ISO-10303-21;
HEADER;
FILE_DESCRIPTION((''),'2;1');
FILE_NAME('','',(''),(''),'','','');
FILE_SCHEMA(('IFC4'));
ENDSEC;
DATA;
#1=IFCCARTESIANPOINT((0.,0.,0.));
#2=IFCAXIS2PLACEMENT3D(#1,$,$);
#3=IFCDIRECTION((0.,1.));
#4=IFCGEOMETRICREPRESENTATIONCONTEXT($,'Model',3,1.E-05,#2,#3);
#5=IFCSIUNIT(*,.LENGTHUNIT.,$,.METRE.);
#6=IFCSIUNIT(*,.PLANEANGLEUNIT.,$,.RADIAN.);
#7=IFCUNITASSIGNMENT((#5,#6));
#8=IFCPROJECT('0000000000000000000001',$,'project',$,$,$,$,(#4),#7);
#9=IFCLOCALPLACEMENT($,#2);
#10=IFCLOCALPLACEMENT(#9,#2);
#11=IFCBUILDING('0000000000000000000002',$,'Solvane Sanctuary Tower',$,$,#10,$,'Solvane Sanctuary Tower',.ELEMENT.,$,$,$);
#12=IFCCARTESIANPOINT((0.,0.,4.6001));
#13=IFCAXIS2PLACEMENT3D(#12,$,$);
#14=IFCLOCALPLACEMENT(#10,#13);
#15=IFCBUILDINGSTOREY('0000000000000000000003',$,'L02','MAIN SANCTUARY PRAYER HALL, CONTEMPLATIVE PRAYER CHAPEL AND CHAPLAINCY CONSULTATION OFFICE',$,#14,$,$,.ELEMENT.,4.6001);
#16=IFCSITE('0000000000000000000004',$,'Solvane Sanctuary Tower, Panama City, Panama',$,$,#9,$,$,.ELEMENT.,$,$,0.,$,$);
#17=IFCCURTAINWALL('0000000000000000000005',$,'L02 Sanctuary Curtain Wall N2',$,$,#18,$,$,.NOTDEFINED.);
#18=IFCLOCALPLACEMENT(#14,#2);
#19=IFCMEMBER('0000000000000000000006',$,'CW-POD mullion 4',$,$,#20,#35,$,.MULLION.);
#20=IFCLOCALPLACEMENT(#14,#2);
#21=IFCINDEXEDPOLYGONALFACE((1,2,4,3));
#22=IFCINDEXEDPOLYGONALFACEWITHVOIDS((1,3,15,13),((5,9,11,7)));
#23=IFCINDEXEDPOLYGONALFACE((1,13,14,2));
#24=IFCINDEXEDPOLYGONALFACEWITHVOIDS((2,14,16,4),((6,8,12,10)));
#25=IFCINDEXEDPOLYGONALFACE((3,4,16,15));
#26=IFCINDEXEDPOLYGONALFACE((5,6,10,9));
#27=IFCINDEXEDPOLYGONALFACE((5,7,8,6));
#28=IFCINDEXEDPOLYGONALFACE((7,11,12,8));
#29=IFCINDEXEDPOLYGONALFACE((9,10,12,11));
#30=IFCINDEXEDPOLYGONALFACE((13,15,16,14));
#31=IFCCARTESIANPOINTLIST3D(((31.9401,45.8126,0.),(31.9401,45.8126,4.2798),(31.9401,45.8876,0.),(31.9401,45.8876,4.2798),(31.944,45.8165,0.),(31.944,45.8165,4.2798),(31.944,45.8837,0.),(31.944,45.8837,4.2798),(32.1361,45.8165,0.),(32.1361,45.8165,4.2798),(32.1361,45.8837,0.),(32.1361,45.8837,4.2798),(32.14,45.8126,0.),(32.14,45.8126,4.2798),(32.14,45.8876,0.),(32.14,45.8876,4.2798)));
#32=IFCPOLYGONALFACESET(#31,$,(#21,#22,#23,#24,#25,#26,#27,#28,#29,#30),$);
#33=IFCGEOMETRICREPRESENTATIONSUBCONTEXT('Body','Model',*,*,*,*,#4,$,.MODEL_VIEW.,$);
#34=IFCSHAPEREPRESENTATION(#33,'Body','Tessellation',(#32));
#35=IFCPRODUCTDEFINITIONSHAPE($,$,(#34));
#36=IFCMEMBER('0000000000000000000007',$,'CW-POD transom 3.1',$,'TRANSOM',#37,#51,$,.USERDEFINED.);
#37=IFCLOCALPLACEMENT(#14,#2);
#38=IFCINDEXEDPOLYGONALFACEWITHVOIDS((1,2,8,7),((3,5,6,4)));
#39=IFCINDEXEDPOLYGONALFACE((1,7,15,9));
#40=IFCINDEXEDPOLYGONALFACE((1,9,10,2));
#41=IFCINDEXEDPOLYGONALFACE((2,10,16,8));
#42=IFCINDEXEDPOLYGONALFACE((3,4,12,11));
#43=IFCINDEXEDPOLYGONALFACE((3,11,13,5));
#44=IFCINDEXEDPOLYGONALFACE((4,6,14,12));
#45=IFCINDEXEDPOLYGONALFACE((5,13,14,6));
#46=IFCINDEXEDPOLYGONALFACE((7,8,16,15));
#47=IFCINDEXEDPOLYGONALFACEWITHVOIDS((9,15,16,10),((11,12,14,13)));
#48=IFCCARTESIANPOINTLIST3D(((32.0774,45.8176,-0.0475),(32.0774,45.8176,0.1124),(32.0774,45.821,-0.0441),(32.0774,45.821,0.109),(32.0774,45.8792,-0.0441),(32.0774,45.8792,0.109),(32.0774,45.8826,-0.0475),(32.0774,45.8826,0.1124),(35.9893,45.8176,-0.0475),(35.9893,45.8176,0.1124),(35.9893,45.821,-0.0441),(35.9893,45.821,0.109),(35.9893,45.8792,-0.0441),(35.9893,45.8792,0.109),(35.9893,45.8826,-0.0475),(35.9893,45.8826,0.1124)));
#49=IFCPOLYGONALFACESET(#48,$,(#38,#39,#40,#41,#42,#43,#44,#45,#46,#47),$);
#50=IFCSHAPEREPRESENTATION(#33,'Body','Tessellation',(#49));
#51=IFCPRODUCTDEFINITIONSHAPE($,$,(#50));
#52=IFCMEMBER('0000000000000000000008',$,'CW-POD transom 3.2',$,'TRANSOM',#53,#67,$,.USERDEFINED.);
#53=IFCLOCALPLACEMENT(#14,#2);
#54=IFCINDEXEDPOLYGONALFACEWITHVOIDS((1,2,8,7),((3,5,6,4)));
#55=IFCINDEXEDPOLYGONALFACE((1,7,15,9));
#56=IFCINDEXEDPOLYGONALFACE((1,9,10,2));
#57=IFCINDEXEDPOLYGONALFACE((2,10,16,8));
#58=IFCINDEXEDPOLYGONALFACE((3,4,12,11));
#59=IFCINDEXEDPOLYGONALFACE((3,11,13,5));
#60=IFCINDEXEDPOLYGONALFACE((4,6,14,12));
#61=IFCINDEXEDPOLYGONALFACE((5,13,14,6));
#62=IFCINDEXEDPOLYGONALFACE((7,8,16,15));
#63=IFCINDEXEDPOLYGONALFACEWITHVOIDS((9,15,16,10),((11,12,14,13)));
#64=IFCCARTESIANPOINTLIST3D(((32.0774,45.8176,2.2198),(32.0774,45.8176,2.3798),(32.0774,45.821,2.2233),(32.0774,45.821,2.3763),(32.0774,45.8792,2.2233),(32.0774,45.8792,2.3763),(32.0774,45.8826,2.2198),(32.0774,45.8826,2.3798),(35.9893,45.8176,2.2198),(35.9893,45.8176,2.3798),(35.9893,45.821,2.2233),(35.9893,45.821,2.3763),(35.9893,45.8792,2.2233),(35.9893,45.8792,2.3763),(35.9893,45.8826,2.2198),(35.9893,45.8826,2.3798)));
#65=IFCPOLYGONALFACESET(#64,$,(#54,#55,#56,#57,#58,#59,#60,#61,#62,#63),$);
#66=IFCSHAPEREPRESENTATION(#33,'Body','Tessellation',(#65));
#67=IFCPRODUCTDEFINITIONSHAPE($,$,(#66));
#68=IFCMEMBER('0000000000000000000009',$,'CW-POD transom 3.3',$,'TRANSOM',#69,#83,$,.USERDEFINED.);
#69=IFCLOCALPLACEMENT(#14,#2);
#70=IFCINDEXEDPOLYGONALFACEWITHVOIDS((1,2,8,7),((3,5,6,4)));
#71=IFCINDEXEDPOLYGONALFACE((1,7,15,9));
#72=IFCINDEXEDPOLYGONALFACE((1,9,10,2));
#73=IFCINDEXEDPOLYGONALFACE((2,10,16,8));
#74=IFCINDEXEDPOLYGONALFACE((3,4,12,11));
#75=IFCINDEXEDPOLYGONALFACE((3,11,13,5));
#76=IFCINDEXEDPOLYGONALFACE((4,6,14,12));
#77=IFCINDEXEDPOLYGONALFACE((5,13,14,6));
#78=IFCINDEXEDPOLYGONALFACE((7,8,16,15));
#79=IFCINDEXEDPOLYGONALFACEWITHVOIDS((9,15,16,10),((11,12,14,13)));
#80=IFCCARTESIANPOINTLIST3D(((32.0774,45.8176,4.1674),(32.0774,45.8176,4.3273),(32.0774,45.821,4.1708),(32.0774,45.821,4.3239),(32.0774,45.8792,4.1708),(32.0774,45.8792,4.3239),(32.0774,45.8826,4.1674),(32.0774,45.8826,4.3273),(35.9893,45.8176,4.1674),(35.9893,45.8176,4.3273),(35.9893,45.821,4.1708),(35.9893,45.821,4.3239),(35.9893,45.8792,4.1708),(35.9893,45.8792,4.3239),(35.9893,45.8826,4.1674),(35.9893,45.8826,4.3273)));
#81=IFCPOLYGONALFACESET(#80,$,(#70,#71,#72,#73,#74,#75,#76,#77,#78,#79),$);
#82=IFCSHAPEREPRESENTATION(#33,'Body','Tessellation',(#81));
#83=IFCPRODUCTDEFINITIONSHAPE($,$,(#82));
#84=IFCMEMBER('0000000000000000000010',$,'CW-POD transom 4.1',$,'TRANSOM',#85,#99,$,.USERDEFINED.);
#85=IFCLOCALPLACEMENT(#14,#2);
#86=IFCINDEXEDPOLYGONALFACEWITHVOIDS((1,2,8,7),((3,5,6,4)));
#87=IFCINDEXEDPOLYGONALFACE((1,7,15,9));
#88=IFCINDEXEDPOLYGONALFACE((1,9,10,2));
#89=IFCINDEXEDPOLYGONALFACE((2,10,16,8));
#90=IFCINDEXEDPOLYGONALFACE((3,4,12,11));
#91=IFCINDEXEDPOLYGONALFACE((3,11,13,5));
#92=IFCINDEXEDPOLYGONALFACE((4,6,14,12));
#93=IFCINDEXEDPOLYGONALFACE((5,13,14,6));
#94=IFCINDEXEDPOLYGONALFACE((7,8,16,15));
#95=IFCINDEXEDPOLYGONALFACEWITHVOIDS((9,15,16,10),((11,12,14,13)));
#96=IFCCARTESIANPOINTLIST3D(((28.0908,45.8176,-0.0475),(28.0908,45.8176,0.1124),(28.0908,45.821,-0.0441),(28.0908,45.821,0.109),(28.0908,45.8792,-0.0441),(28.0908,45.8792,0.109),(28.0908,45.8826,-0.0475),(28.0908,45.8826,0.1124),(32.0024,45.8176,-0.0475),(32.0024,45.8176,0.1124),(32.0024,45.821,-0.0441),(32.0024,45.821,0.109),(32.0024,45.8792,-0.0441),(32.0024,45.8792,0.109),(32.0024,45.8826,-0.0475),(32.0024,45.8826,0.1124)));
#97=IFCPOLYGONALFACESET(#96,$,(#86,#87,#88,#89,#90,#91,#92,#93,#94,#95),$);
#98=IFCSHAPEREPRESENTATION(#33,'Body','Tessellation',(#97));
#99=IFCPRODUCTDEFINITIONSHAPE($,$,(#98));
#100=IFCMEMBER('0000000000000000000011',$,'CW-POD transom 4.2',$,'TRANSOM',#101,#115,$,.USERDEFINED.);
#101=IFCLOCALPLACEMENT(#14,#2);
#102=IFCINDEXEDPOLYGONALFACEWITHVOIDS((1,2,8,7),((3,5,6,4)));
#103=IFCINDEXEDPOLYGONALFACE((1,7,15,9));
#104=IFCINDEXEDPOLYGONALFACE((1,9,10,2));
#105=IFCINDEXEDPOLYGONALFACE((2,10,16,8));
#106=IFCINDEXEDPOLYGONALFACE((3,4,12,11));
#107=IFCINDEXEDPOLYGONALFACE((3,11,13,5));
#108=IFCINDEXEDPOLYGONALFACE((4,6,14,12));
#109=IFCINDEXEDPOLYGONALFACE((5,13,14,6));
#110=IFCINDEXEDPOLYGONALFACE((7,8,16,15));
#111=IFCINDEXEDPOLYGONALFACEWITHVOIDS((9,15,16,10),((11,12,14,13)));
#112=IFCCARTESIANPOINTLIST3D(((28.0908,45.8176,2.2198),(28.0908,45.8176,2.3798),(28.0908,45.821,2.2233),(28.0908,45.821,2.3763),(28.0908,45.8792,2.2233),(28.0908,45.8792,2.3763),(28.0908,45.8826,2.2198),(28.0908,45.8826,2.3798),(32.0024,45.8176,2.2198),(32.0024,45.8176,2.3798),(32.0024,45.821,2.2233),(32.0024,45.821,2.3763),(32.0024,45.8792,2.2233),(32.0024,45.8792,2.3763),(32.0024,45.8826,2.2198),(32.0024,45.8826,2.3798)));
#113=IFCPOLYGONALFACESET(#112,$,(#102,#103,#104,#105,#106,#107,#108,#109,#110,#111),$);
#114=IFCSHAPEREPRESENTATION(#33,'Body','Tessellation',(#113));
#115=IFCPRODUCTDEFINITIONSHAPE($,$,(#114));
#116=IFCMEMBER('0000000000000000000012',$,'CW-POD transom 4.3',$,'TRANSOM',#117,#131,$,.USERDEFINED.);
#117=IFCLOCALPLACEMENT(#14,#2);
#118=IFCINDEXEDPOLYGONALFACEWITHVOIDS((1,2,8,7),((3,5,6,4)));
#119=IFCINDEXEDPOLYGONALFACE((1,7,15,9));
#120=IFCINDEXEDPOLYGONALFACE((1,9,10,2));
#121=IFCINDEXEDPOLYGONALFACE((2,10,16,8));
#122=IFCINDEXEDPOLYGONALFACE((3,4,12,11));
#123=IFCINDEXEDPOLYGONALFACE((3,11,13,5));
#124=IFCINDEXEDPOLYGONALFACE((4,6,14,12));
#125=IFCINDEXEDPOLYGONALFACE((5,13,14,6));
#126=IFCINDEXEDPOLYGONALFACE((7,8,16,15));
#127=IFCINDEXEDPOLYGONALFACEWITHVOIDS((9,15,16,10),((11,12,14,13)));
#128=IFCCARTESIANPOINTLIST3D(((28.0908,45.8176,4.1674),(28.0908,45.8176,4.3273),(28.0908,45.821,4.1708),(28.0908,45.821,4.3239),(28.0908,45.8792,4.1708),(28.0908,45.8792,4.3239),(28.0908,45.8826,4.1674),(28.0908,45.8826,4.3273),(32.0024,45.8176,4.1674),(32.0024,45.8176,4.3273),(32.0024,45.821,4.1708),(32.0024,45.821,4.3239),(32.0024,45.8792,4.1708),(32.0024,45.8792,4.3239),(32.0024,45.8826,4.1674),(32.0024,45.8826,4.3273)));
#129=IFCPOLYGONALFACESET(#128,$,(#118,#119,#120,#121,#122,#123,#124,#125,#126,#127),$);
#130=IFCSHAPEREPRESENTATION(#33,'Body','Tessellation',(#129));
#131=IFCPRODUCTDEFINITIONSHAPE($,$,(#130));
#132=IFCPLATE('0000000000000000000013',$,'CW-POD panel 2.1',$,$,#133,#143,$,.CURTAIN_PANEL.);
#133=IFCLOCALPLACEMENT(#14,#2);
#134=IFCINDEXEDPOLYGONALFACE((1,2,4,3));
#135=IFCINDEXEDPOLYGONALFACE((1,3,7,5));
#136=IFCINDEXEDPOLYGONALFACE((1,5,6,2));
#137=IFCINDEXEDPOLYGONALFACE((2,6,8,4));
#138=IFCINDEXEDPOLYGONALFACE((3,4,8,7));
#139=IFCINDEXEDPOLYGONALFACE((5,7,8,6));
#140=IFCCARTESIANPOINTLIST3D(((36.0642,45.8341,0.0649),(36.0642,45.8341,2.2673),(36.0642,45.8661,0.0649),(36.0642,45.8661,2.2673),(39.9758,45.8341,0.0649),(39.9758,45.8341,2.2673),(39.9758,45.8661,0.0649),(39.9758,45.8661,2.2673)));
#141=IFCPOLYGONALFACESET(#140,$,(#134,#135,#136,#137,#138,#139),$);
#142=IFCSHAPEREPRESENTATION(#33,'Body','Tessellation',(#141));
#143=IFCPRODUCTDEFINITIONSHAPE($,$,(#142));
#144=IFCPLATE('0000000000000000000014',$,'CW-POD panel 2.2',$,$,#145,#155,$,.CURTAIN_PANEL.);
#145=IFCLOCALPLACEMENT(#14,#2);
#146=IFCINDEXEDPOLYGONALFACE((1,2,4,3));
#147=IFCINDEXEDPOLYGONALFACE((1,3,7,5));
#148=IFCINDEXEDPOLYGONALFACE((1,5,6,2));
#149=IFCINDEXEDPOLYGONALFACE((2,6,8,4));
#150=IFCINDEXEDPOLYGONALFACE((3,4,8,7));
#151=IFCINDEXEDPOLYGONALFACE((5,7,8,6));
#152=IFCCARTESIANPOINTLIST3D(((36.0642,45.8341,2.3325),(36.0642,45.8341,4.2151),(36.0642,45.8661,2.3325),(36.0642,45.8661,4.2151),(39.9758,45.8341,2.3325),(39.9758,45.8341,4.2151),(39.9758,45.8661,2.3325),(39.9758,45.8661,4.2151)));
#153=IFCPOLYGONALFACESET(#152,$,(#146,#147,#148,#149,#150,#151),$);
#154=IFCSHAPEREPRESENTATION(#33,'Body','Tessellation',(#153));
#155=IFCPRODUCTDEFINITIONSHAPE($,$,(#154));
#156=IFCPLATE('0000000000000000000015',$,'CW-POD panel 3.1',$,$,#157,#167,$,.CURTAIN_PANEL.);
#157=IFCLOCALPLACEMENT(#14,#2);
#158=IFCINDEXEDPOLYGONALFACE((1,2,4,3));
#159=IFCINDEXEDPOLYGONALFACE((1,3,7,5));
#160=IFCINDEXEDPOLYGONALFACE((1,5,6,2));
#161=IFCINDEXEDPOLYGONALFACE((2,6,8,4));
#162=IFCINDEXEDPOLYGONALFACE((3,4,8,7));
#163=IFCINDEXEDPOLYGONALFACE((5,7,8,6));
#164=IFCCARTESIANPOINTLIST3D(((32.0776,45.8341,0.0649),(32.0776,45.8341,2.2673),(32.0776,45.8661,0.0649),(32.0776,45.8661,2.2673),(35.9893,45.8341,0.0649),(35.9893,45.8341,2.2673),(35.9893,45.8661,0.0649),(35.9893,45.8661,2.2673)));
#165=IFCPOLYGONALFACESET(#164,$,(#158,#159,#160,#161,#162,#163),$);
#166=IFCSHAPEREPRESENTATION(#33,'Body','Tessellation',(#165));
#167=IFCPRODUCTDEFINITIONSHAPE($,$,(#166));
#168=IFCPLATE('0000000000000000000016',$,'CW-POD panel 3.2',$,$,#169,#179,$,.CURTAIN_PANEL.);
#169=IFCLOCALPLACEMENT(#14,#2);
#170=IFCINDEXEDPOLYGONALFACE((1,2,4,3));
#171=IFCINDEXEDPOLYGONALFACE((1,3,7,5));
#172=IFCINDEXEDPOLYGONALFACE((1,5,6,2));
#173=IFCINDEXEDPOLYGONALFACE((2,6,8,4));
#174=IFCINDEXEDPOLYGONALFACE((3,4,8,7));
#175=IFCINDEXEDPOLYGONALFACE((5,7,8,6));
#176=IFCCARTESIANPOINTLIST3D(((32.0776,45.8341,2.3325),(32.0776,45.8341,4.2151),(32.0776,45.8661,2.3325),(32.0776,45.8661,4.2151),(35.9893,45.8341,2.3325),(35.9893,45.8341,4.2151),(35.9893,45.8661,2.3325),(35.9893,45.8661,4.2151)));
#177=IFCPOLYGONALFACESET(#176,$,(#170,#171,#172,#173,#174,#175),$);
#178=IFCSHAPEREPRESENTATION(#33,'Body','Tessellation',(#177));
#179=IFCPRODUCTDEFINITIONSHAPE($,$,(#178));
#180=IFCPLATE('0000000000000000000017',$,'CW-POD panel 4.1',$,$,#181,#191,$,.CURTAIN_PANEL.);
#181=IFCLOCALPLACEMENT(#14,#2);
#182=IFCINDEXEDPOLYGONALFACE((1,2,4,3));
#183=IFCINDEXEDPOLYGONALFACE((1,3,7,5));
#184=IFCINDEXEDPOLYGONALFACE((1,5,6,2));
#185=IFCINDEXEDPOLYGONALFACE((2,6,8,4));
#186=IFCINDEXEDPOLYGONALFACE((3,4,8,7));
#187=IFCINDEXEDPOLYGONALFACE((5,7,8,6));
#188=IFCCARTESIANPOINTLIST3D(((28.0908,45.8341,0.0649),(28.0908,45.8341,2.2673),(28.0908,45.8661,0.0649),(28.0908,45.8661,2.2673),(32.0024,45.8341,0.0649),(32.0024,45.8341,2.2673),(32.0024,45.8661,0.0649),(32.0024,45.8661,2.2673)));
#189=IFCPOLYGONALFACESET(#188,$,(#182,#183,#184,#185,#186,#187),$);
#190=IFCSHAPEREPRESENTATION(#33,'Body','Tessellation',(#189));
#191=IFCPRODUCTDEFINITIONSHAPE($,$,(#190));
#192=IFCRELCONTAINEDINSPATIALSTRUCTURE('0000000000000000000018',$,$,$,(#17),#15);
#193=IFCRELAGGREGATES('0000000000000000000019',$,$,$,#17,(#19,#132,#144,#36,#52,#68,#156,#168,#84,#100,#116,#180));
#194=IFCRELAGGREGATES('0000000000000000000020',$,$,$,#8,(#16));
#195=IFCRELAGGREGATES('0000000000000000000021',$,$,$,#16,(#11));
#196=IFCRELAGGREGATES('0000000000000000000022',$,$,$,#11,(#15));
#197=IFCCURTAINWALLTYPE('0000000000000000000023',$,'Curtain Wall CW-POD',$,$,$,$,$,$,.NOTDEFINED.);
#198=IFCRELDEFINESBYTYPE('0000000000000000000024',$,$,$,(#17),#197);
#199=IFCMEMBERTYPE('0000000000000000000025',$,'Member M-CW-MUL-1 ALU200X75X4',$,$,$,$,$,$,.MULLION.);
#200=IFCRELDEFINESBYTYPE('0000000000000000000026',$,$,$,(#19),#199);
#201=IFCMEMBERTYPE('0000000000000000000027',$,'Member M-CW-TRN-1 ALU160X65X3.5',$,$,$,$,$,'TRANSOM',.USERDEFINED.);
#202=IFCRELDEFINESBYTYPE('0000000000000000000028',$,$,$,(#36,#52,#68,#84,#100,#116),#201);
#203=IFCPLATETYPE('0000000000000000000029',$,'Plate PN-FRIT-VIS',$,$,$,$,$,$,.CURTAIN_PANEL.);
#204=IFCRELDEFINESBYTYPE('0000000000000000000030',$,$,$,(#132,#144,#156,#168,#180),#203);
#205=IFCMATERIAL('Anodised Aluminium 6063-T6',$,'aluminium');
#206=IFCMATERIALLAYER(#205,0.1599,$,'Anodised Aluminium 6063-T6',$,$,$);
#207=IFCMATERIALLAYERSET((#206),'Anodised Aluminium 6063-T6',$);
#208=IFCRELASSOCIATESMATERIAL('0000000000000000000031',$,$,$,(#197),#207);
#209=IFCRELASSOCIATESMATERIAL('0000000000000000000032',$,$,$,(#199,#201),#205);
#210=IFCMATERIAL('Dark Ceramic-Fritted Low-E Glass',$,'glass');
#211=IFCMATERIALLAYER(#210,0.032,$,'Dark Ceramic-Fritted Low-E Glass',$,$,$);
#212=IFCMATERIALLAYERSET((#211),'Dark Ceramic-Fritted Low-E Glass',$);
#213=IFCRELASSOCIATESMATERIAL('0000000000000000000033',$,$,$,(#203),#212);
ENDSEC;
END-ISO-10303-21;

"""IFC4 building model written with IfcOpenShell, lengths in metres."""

from ifc_helpers import new_model, si_unit, direction, frame, origin, origin_2d, place, context, subcontext, project, spatial, rectangle, hollow_rectangle, extrude, material, layer, layer_set, material_profile, profile_set, type_object, element, aggregate, save


model = new_model("IFC4")

# Units and contexts
model_context = context("Model", 3, precision=1e-05, world=origin(), true_north=direction((0.0, 1.0)))
body_context = subcontext(model_context, "Body", "Model", "MODEL_VIEW")
ifc_project = project(units=[si_unit("LENGTHUNIT", "METRE"), si_unit("PLANEANGLEUNIT", "RADIAN")], contexts=[model_context])

# Site, building, storey
site_placement = place(None, origin())
site = spatial("IfcSite", under=ifc_project, at=site_placement, Name="Solvane Sanctuary Tower, Panama City, Panama", CompositionType="ELEMENT", RefElevation=0.0)
building_placement = place(site_placement, origin())
building = spatial("IfcBuilding", under=site, at=building_placement, Name="Solvane Sanctuary Tower", LongName="Solvane Sanctuary Tower", CompositionType="ELEMENT")
storey_placement = place(building_placement, frame((0.0, 0.0, 4.6001)))
storey = spatial("IfcBuildingStorey", under=building, at=storey_placement, Name="L02", Description="MAIN SANCTUARY PRAYER HALL, CONTEMPLATIVE PRAYER CHAPEL AND CHAPLAINCY CONSULTATION OFFICE", CompositionType="ELEMENT", Elevation=4.6001)

# Curtain wall, members, plates
ifc_material_1 = material(Name="Anodised Aluminium 6063-T6", Category="aluminium")
ifc_layer_1 = layer(ifc_material_1, 0.1599, Name="Anodised Aluminium 6063-T6")
ifc_layer_set_1 = layer_set([ifc_layer_1], Name="Anodised Aluminium 6063-T6")
curtain_wall_type = type_object("IfcCurtainWallType", Name="Curtain Wall CW-POD", PredefinedType="NOTDEFINED", material=ifc_layer_set_1)
curtain_wall_placement = place(storey_placement, origin())
curtain_wall = element("IfcCurtainWall", 1, at=curtain_wall_placement, inside=storey, type_object=curtain_wall_type, Name="L02 Sanctuary Curtain Wall N2", PredefinedType="NOTDEFINED")
ifc_material_profile_1 = material_profile(ifc_material_1, hollow_rectangle(XDim=0.075, YDim=0.2, WallThickness=0.0039, at=origin_2d()), Name="ALU200X75X4")
ifc_profile_set_1 = profile_set([ifc_material_profile_1], Name="Anodised Aluminium 6063-T6")
member_type_1 = type_object("IfcMemberType", Name="Member M-CW-MUL-1 ALU200X75X4", PredefinedType="MULLION", material=ifc_profile_set_1)
member_1_placement = place(storey_placement, frame((32.04, 45.8501, 0.0), z_axis=(0.0, 0.0, 1.0), x_axis=(0.0, -1.0, 0.0)))
member_1 = element("IfcMember", 2, at=member_1_placement, type_object=member_type_1, Name="CW-POD mullion 4", PredefinedType="MULLION", context=body_context, shape_type="SweptSolid", body=[
    extrude(hollow_rectangle(XDim=0.075, YDim=0.2, WallThickness=0.0039, at=origin_2d()), origin(), (0.0, 0.0, 1.0), 4.2798),
])
ifc_material_profile_2 = material_profile(ifc_material_1, hollow_rectangle(XDim=0.0649, YDim=0.1599, WallThickness=0.0034, at=origin_2d()), Name="ALU160X65X3.5")
ifc_profile_set_2 = profile_set([ifc_material_profile_2], Name="Anodised Aluminium 6063-T6")
member_type_2 = type_object("IfcMemberType", Name="Member M-CW-TRN-1 ALU160X65X3.5", ElementType="TRANSOM", PredefinedType="USERDEFINED", material=ifc_profile_set_2)
member_2_placement = place(storey_placement, frame((35.9893, 45.8501, 0.0325), z_axis=(-1.0, 0.0, 0.0), x_axis=(0.0, -1.0, 0.0)))
member_2 = element("IfcMember", 3, at=member_2_placement, type_object=member_type_2, Name="CW-POD transom 3.1", ObjectType="TRANSOM", PredefinedType="USERDEFINED", context=body_context, shape_type="SweptSolid", body=[
    extrude(hollow_rectangle(XDim=0.0649, YDim=0.1599, WallThickness=0.0034, at=origin_2d()), origin(), (0.0, 0.0, 1.0), 3.9119),
])
member_3_placement = place(storey_placement, frame((35.9893, 45.8501, 2.2998), z_axis=(-1.0, 0.0, 0.0), x_axis=(0.0, -1.0, 0.0)))
member_3 = element("IfcMember", 4, at=member_3_placement, type_object=member_type_2, Name="CW-POD transom 3.2", ObjectType="TRANSOM", PredefinedType="USERDEFINED", context=body_context, shape_type="SweptSolid", body=[
    extrude(hollow_rectangle(XDim=0.0649, YDim=0.1599, WallThickness=0.0034, at=origin_2d()), origin(), (0.0, 0.0, 1.0), 3.9119),
])
member_4_placement = place(storey_placement, frame((35.9893, 45.8501, 4.2473), z_axis=(-1.0, 0.0, 0.0), x_axis=(0.0, -1.0, 0.0)))
member_4 = element("IfcMember", 5, at=member_4_placement, type_object=member_type_2, Name="CW-POD transom 3.3", ObjectType="TRANSOM", PredefinedType="USERDEFINED", context=body_context, shape_type="SweptSolid", body=[
    extrude(hollow_rectangle(XDim=0.0649, YDim=0.1599, WallThickness=0.0034, at=origin_2d()), origin(), (0.0, 0.0, 1.0), 3.9119),
])
member_5_placement = place(storey_placement, frame((32.0024, 45.8501, 0.0325), z_axis=(-1.0, 0.0, 0.0), x_axis=(0.0, -1.0, 0.0)))
member_5 = element("IfcMember", 6, at=member_5_placement, type_object=member_type_2, Name="CW-POD transom 4.1", ObjectType="TRANSOM", PredefinedType="USERDEFINED", context=body_context, shape_type="SweptSolid", body=[
    extrude(hollow_rectangle(XDim=0.0649, YDim=0.1599, WallThickness=0.0034, at=origin_2d()), origin(), (0.0, 0.0, 1.0), 3.9116),
])
member_6_placement = place(storey_placement, frame((32.0024, 45.8501, 2.2998), z_axis=(-1.0, 0.0, 0.0), x_axis=(0.0, -1.0, 0.0)))
member_6 = element("IfcMember", 7, at=member_6_placement, type_object=member_type_2, Name="CW-POD transom 4.2", ObjectType="TRANSOM", PredefinedType="USERDEFINED", context=body_context, shape_type="SweptSolid", body=[
    extrude(hollow_rectangle(XDim=0.0649, YDim=0.1599, WallThickness=0.0034, at=origin_2d()), origin(), (0.0, 0.0, 1.0), 3.9116),
])
member_7_placement = place(storey_placement, frame((32.0024, 45.8501, 4.2473), z_axis=(-1.0, 0.0, 0.0), x_axis=(0.0, -1.0, 0.0)))
member_7 = element("IfcMember", 8, at=member_7_placement, type_object=member_type_2, Name="CW-POD transom 4.3", ObjectType="TRANSOM", PredefinedType="USERDEFINED", context=body_context, shape_type="SweptSolid", body=[
    extrude(hollow_rectangle(XDim=0.0649, YDim=0.1599, WallThickness=0.0034, at=origin_2d()), origin(), (0.0, 0.0, 1.0), 3.9116),
])
ifc_material_2 = material(Name="Dark Ceramic-Fritted Low-E Glass", Category="glass")
ifc_layer_2 = layer(ifc_material_2, 0.032, Name="Dark Ceramic-Fritted Low-E Glass")
ifc_layer_set_2 = layer_set([ifc_layer_2], Name="Dark Ceramic-Fritted Low-E Glass")
plate_type = type_object("IfcPlateType", Name="Plate PN-FRIT-VIS", PredefinedType="CURTAIN_PANEL", material=ifc_layer_set_2)
plate_1_placement = place(storey_placement, frame((38.02, 45.8501, 0.0649), z_axis=(0.0, 0.0, 1.0), x_axis=(-1.0, 0.0, 0.0)))
plate_1 = element("IfcPlate", 9, at=plate_1_placement, type_object=plate_type, Name="CW-POD panel 2.1", PredefinedType="CURTAIN_PANEL", context=body_context, shape_type="SweptSolid", body=[
    extrude(rectangle(XDim=3.9116, YDim=0.032, at=origin_2d()), origin(), (0.0, 0.0, 1.0), 2.2024),
])
plate_2_placement = place(storey_placement, frame((38.02, 45.8501, 2.3325), z_axis=(0.0, 0.0, 1.0), x_axis=(-1.0, 0.0, 0.0)))
plate_2 = element("IfcPlate", 10, at=plate_2_placement, type_object=plate_type, Name="CW-POD panel 2.2", PredefinedType="CURTAIN_PANEL", context=body_context, shape_type="SweptSolid", body=[
    extrude(rectangle(XDim=3.9116, YDim=0.032, at=origin_2d()), origin(), (0.0, 0.0, 1.0), 1.8826),
])
plate_3_placement = place(storey_placement, frame((34.0334, 45.8501, 0.0649), z_axis=(0.0, 0.0, 1.0), x_axis=(-1.0, 0.0, 0.0)))
plate_3 = element("IfcPlate", 11, at=plate_3_placement, type_object=plate_type, Name="CW-POD panel 3.1", PredefinedType="CURTAIN_PANEL", context=body_context, shape_type="SweptSolid", body=[
    extrude(rectangle(XDim=3.9116, YDim=0.032, at=origin_2d()), origin(), (0.0, 0.0, 1.0), 2.2024),
])
plate_4_placement = place(storey_placement, frame((34.0334, 45.8501, 2.3325), z_axis=(0.0, 0.0, 1.0), x_axis=(-1.0, 0.0, 0.0)))
plate_4 = element("IfcPlate", 12, at=plate_4_placement, type_object=plate_type, Name="CW-POD panel 3.2", PredefinedType="CURTAIN_PANEL", context=body_context, shape_type="SweptSolid", body=[
    extrude(rectangle(XDim=3.9116, YDim=0.032, at=origin_2d()), origin(), (0.0, 0.0, 1.0), 1.8826),
])
plate_5_placement = place(storey_placement, frame((30.0466, 45.8501, 0.0649), z_axis=(0.0, 0.0, 1.0), x_axis=(-1.0, 0.0, 0.0)))
plate_5 = element("IfcPlate", 13, at=plate_5_placement, type_object=plate_type, Name="CW-POD panel 4.1", PredefinedType="CURTAIN_PANEL", context=body_context, shape_type="SweptSolid", body=[
    extrude(rectangle(XDim=3.9116, YDim=0.032, at=origin_2d()), origin(), (0.0, 0.0, 1.0), 2.2024),
])
aggregate(curtain_wall, [member_1, plate_1, plate_2, member_2, member_3, member_4, plate_3, plate_4, member_5, member_6, member_7, plate_5])

save(model, "model.ifc")
